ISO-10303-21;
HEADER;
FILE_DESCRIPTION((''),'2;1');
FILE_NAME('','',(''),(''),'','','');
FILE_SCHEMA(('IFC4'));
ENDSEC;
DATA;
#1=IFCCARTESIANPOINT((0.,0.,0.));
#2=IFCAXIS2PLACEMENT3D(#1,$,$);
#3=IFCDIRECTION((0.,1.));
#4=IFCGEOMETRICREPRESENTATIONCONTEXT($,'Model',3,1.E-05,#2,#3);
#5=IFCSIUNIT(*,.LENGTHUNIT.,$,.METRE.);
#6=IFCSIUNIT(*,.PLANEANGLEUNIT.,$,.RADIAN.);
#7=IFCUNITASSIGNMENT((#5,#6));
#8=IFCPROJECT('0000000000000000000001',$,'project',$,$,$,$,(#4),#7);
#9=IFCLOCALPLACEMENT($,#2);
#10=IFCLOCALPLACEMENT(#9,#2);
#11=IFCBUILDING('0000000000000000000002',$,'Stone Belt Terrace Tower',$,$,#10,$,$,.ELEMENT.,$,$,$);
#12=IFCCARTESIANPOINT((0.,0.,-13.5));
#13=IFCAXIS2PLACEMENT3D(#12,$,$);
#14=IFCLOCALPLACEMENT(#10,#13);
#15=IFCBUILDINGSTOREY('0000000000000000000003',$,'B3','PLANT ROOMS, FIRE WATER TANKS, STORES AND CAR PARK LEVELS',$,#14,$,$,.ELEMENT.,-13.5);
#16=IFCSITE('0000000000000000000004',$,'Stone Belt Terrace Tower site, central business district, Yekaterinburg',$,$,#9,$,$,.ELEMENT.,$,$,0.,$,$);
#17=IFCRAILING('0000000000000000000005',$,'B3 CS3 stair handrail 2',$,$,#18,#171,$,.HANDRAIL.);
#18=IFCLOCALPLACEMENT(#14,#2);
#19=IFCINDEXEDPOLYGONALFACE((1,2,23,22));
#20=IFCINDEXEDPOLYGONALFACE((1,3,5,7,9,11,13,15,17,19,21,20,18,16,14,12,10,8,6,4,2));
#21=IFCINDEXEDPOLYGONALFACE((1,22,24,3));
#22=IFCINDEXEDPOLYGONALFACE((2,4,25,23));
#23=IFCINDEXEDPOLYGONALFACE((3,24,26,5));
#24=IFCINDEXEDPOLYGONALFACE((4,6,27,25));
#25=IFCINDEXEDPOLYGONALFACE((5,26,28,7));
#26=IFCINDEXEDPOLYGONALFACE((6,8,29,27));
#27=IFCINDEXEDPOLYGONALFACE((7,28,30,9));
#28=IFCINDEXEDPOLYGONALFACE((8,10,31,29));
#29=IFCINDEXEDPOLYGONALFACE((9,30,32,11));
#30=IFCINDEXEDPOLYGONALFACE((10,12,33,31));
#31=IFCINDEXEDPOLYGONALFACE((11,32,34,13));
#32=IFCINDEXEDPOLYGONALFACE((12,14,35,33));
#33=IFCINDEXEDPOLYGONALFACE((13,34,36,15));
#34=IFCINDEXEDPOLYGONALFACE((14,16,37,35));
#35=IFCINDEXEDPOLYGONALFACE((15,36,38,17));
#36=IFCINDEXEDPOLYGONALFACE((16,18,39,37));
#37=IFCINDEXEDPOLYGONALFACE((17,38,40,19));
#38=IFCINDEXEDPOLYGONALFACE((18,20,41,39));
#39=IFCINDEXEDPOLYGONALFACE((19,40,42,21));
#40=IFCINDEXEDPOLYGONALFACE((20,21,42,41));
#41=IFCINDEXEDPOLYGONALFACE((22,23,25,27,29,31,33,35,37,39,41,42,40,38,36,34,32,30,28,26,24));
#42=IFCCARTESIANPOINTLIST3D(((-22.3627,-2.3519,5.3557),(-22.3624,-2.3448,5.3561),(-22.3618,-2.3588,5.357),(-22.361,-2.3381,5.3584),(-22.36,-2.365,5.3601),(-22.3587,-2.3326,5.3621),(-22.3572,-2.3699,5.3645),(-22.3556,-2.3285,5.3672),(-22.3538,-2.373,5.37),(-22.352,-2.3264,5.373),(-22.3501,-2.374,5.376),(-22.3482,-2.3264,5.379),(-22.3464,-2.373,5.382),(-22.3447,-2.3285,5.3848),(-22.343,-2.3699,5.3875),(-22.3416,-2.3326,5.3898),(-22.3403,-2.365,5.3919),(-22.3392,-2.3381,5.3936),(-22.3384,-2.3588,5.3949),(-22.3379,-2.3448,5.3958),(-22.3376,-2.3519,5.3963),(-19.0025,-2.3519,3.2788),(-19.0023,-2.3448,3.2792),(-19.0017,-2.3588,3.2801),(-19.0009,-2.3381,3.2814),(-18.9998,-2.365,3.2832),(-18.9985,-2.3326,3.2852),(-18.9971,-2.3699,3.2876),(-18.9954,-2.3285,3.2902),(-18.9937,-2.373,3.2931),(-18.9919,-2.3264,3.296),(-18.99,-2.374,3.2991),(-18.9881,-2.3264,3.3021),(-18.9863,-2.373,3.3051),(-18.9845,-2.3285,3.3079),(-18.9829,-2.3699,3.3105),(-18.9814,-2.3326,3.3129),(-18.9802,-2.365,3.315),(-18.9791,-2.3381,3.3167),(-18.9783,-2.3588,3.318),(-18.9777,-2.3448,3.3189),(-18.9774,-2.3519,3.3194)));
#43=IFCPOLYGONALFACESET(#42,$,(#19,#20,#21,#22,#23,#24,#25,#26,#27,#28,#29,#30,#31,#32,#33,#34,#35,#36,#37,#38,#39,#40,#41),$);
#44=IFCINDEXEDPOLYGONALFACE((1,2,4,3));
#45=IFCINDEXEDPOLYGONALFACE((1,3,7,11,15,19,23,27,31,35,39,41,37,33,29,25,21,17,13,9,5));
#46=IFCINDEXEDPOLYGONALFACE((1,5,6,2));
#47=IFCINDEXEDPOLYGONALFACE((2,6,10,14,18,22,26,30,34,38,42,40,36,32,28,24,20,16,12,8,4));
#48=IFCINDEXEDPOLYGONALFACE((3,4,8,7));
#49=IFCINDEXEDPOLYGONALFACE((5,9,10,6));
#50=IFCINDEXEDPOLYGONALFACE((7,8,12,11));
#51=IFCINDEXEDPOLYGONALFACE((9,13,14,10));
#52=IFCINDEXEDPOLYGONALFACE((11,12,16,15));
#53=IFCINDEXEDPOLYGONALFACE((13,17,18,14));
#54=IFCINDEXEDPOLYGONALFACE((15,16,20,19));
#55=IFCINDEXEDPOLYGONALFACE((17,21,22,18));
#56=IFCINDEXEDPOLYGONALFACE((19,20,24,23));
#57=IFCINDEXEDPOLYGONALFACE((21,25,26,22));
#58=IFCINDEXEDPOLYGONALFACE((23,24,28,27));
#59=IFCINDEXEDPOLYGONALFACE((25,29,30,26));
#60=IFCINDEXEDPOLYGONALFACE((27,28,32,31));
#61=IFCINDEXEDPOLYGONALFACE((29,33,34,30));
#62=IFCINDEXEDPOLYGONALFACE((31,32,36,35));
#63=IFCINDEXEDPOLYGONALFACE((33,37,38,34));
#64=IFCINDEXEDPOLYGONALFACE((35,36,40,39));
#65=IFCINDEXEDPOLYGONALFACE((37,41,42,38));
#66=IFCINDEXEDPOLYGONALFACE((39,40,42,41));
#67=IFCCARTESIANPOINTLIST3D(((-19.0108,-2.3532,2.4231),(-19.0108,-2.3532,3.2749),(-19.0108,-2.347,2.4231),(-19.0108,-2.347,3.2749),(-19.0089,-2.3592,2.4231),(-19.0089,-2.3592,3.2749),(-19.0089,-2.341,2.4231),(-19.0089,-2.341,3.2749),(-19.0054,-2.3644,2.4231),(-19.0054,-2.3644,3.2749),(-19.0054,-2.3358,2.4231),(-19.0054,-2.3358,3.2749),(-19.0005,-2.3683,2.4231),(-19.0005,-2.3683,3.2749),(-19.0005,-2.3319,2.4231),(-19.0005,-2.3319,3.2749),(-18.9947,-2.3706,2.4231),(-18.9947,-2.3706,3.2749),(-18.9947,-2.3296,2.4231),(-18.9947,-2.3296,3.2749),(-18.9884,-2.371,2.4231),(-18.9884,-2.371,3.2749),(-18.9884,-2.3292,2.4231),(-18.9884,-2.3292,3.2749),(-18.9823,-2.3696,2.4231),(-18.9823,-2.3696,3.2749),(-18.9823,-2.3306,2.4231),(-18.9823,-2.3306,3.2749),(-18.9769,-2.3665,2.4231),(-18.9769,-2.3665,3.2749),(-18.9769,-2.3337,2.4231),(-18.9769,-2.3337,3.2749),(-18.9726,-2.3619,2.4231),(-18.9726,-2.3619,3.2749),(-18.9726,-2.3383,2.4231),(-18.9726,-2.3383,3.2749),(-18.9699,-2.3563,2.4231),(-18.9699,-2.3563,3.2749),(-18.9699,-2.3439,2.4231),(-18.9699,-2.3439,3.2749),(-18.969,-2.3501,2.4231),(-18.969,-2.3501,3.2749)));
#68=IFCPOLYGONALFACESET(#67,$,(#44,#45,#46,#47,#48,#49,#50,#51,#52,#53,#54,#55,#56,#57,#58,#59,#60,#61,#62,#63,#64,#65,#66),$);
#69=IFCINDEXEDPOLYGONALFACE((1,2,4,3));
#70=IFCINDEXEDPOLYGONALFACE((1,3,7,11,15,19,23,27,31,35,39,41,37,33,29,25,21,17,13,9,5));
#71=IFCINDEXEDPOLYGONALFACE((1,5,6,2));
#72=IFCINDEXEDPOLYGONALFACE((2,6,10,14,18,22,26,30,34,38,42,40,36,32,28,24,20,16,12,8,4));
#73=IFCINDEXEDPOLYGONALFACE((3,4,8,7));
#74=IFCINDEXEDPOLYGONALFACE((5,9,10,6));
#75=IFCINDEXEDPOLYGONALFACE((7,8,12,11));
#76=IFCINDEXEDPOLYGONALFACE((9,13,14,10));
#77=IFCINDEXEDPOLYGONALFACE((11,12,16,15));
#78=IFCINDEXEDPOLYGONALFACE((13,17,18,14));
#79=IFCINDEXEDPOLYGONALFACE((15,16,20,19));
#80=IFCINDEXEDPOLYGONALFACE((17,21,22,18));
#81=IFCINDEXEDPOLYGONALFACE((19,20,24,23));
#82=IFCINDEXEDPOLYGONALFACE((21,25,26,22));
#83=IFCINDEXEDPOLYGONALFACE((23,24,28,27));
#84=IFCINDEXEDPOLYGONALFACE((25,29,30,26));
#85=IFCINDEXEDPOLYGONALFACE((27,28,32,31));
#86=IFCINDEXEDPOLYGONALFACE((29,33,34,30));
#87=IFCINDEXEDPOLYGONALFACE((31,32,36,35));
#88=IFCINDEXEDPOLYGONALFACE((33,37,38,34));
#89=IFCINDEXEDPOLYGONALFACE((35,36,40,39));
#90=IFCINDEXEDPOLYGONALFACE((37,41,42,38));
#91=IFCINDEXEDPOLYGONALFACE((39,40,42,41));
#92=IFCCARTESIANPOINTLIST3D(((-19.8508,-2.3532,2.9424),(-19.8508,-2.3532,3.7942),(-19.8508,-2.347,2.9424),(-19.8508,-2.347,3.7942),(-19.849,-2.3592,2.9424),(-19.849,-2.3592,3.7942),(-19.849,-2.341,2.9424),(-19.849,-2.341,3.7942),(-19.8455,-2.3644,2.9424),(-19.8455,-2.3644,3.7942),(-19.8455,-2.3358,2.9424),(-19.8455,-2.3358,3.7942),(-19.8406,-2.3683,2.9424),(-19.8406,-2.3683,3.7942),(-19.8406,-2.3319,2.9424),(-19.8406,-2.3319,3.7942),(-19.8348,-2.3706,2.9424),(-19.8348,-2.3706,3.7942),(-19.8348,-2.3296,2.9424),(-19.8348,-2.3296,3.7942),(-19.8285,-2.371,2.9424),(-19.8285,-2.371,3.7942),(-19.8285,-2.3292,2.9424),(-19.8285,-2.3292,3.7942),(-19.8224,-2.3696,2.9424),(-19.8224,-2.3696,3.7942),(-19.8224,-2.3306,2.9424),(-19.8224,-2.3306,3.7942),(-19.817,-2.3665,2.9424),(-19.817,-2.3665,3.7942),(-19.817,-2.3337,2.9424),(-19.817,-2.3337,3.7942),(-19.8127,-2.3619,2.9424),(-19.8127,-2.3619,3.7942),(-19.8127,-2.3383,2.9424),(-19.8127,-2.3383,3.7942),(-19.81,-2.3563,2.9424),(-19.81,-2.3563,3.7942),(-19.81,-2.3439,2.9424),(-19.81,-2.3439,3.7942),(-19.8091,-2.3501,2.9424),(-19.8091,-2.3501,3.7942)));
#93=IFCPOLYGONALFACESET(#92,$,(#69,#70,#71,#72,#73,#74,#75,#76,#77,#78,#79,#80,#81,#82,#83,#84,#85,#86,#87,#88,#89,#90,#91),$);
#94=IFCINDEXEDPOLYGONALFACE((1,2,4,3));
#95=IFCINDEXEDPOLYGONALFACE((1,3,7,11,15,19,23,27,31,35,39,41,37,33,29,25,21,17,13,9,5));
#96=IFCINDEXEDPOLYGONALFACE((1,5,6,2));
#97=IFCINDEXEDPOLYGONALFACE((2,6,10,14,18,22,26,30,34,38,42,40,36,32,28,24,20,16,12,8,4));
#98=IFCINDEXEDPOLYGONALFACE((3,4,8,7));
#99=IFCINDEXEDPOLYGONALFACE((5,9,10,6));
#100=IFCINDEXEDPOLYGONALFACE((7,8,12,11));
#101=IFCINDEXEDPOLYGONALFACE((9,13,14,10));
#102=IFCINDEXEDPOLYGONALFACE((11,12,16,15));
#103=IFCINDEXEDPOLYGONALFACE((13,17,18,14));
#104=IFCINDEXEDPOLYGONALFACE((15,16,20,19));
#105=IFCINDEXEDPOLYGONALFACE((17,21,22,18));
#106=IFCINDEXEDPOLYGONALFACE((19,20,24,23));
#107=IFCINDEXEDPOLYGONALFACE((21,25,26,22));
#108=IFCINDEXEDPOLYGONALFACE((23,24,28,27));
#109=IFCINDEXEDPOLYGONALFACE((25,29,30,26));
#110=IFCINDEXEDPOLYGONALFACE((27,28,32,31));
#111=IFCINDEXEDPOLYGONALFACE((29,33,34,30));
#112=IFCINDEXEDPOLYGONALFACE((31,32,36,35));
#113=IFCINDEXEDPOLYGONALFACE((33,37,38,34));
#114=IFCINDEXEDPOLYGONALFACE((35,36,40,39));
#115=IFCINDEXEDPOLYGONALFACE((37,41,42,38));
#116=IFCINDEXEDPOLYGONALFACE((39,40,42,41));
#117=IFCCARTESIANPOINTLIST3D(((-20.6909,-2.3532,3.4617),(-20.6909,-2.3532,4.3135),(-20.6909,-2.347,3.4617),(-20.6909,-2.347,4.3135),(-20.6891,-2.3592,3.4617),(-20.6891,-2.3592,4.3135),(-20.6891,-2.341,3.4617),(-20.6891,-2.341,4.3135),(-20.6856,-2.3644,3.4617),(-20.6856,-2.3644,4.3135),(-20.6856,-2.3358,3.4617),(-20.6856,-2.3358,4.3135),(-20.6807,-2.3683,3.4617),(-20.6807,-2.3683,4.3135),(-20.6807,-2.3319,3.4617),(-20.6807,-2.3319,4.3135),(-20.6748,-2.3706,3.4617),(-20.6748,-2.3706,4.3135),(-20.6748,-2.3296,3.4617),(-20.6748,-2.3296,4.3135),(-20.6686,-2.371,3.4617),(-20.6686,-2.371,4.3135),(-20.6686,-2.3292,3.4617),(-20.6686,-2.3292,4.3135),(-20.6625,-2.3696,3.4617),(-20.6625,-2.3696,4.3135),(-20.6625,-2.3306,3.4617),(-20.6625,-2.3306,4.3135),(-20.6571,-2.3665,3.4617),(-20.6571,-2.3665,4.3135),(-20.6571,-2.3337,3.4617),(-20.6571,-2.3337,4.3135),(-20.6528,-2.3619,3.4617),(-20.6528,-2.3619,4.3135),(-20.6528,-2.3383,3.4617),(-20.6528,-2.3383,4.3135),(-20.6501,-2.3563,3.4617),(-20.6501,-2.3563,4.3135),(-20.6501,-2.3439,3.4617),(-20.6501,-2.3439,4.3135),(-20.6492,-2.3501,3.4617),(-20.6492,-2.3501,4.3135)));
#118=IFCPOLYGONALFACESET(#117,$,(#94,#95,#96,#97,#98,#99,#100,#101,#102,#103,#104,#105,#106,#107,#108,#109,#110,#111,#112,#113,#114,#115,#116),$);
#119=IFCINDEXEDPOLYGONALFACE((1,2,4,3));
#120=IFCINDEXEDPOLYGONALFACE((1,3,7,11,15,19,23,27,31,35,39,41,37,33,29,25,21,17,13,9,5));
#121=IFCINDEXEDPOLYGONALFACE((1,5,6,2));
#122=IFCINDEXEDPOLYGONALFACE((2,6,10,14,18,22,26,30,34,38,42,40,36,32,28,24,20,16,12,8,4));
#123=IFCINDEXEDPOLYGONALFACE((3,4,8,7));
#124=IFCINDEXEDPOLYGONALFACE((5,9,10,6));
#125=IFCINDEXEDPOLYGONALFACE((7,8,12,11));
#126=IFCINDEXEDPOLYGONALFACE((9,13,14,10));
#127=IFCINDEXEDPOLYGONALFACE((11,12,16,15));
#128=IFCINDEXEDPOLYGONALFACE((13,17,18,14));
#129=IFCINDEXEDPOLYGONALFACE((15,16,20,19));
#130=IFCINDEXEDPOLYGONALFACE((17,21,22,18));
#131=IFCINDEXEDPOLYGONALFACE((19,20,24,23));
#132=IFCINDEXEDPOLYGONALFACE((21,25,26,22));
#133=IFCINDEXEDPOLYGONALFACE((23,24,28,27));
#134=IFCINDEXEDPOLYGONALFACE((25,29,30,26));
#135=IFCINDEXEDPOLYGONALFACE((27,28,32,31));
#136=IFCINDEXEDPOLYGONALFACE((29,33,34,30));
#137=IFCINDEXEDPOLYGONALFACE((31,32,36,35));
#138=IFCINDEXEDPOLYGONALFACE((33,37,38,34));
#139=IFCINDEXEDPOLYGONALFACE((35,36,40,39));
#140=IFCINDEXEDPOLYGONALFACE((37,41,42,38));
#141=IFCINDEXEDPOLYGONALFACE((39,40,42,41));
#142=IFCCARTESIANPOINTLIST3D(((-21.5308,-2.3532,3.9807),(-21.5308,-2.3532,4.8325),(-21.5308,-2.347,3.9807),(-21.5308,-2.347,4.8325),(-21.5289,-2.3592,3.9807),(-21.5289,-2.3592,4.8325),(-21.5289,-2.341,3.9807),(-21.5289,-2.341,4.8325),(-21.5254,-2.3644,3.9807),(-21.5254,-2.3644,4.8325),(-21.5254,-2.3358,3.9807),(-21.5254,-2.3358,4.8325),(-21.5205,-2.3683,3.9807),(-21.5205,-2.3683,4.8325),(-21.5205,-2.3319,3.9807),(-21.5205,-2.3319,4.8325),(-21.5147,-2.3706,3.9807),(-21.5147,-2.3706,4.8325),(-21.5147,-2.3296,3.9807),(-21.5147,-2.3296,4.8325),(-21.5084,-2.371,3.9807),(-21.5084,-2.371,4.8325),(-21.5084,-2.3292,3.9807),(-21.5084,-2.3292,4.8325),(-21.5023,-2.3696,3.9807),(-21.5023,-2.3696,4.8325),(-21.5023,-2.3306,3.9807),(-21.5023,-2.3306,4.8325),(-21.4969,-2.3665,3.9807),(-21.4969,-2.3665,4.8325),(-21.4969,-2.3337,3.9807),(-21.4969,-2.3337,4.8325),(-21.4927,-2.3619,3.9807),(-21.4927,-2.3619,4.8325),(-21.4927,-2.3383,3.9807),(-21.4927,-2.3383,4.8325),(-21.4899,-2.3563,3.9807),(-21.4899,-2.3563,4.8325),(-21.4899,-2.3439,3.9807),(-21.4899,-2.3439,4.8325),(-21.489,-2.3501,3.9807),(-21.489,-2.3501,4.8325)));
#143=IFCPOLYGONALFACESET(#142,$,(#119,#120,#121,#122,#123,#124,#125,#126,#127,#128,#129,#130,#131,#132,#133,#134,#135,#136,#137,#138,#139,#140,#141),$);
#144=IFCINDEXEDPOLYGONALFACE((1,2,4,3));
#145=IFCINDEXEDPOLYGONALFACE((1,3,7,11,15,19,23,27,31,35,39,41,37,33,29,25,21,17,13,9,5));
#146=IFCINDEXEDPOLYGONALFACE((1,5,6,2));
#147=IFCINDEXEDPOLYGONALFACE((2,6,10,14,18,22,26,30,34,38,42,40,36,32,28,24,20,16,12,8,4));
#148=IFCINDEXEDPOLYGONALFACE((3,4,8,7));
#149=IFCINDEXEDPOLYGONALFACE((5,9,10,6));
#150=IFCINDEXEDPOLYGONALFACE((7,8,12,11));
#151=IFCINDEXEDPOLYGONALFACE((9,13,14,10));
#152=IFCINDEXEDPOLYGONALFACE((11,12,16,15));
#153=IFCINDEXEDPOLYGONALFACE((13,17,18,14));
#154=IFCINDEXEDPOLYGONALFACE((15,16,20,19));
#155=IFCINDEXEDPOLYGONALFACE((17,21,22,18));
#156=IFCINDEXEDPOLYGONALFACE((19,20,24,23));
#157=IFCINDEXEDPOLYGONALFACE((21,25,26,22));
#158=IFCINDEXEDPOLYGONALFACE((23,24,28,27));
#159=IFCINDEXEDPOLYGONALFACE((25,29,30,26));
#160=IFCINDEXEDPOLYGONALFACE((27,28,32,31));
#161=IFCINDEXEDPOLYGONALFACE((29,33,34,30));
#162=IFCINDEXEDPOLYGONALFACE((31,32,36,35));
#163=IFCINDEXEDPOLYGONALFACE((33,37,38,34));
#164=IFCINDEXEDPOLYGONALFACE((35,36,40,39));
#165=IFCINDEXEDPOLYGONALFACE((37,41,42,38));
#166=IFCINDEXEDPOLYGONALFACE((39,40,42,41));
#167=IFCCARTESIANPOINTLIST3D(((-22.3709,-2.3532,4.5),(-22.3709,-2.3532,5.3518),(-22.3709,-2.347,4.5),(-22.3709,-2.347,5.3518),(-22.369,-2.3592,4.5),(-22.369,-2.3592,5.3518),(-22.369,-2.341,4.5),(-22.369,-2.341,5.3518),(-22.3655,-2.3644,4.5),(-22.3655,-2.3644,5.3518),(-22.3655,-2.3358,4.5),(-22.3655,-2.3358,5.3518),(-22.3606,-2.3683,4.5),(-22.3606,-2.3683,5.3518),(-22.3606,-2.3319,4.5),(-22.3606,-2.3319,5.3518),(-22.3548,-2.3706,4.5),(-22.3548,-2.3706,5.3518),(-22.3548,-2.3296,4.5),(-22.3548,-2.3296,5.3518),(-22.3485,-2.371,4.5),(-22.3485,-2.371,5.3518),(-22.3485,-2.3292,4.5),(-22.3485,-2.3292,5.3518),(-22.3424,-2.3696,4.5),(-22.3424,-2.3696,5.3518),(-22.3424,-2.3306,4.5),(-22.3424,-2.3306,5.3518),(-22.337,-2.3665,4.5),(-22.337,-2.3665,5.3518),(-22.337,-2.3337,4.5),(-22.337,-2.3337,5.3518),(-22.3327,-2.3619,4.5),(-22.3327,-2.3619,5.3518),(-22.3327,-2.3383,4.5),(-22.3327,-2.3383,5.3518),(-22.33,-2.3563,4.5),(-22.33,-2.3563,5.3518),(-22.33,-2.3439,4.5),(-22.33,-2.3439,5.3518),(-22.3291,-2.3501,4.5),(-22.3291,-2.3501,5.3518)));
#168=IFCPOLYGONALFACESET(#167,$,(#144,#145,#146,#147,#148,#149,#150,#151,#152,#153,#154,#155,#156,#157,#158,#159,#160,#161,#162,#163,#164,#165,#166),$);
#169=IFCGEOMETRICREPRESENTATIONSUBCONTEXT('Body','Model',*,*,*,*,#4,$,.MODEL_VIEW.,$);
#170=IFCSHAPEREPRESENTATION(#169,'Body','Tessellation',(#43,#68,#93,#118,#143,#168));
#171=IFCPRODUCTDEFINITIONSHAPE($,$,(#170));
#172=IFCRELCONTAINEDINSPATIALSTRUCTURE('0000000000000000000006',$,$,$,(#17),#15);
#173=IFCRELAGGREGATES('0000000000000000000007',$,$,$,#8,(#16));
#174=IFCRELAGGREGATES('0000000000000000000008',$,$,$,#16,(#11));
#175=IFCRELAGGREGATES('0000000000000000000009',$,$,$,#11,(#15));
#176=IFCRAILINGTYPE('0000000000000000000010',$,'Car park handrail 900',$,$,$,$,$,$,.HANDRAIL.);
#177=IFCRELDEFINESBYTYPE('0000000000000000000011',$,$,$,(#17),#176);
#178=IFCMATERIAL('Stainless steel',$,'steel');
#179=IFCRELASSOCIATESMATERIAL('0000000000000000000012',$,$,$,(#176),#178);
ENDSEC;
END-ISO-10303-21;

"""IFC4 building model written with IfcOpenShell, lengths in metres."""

from ifc_helpers import new_model, si_unit, direction, frame, origin, origin_2d, place, context, subcontext, project, spatial, circle, extrude, material, type_object, element, save


model = new_model("IFC4")

# Units and contexts
model_context = context("Model", 3, precision=1e-05, world=origin(), true_north=direction((0.0, 1.0)))
body_context = subcontext(model_context, "Body", "Model", "MODEL_VIEW")
ifc_project = project(units=[si_unit("LENGTHUNIT", "METRE"), si_unit("PLANEANGLEUNIT", "RADIAN")], contexts=[model_context])

# Site, building, storey
site_placement = place(None, origin())
site = spatial("IfcSite", under=ifc_project, at=site_placement, Name="Stone Belt Terrace Tower site, central business district, Yekaterinburg", CompositionType="ELEMENT", RefElevation=0.0)
building_placement = place(site_placement, origin())
building = spatial("IfcBuilding", under=site, at=building_placement, Name="Stone Belt Terrace Tower", CompositionType="ELEMENT")
storey_placement = place(building_placement, frame((0.0, 0.0, -13.5)))
storey = spatial("IfcBuildingStorey", under=building, at=storey_placement, Name="B3", Description="PLANT ROOMS, FIRE WATER TANKS, STORES AND CAR PARK LEVELS", CompositionType="ELEMENT", Elevation=-13.5)

# Railing
ifc_material_1 = material(Name="Stainless steel", Category="steel")
railing_type_1 = type_object("IfcRailingType", Name="Car park handrail 900", PredefinedType="HANDRAIL", material=ifc_material_1)
railing_1_placement = place(storey_placement, frame((-18.99, -2.3501, 2.4231)))
element("IfcRailing", 1, at=railing_1_placement, inside=storey, type_object=railing_type_1, Name="B3 CS3 stair handrail 2", PredefinedType="HANDRAIL", context=body_context, shape_type="SweptSolid", body=[
    extrude(circle(Radius=0.0239, at=origin_2d()), frame((0.0, 0.0, 0.876), z_axis=(-0.850623, 0.0, 0.525776), x_axis=(0.0, -1.0, 0.0)), (0.0, 0.0, 1.0), 3.9502),
    extrude(circle(Radius=0.021, at=origin_2d()), origin(), (0.0, 0.0, 1.0), 0.8518),
    extrude(circle(Radius=0.021, at=origin_2d()), frame((-0.8401, 0.0, 0.5193)), (0.0, 0.0, 1.0), 0.8518),
    extrude(circle(Radius=0.021, at=origin_2d()), frame((-1.6802, 0.0, 1.0386)), (0.0, 0.0, 1.0), 0.8518),
    extrude(circle(Radius=0.021, at=origin_2d()), frame((-2.52, 0.0, 1.5576)), (0.0, 0.0, 1.0), 0.8518),
    extrude(circle(Radius=0.021, at=origin_2d()), frame((-3.3601, 0.0, 2.0769)), (0.0, 0.0, 1.0), 0.8518),
])

save(model, "model.ifc")
